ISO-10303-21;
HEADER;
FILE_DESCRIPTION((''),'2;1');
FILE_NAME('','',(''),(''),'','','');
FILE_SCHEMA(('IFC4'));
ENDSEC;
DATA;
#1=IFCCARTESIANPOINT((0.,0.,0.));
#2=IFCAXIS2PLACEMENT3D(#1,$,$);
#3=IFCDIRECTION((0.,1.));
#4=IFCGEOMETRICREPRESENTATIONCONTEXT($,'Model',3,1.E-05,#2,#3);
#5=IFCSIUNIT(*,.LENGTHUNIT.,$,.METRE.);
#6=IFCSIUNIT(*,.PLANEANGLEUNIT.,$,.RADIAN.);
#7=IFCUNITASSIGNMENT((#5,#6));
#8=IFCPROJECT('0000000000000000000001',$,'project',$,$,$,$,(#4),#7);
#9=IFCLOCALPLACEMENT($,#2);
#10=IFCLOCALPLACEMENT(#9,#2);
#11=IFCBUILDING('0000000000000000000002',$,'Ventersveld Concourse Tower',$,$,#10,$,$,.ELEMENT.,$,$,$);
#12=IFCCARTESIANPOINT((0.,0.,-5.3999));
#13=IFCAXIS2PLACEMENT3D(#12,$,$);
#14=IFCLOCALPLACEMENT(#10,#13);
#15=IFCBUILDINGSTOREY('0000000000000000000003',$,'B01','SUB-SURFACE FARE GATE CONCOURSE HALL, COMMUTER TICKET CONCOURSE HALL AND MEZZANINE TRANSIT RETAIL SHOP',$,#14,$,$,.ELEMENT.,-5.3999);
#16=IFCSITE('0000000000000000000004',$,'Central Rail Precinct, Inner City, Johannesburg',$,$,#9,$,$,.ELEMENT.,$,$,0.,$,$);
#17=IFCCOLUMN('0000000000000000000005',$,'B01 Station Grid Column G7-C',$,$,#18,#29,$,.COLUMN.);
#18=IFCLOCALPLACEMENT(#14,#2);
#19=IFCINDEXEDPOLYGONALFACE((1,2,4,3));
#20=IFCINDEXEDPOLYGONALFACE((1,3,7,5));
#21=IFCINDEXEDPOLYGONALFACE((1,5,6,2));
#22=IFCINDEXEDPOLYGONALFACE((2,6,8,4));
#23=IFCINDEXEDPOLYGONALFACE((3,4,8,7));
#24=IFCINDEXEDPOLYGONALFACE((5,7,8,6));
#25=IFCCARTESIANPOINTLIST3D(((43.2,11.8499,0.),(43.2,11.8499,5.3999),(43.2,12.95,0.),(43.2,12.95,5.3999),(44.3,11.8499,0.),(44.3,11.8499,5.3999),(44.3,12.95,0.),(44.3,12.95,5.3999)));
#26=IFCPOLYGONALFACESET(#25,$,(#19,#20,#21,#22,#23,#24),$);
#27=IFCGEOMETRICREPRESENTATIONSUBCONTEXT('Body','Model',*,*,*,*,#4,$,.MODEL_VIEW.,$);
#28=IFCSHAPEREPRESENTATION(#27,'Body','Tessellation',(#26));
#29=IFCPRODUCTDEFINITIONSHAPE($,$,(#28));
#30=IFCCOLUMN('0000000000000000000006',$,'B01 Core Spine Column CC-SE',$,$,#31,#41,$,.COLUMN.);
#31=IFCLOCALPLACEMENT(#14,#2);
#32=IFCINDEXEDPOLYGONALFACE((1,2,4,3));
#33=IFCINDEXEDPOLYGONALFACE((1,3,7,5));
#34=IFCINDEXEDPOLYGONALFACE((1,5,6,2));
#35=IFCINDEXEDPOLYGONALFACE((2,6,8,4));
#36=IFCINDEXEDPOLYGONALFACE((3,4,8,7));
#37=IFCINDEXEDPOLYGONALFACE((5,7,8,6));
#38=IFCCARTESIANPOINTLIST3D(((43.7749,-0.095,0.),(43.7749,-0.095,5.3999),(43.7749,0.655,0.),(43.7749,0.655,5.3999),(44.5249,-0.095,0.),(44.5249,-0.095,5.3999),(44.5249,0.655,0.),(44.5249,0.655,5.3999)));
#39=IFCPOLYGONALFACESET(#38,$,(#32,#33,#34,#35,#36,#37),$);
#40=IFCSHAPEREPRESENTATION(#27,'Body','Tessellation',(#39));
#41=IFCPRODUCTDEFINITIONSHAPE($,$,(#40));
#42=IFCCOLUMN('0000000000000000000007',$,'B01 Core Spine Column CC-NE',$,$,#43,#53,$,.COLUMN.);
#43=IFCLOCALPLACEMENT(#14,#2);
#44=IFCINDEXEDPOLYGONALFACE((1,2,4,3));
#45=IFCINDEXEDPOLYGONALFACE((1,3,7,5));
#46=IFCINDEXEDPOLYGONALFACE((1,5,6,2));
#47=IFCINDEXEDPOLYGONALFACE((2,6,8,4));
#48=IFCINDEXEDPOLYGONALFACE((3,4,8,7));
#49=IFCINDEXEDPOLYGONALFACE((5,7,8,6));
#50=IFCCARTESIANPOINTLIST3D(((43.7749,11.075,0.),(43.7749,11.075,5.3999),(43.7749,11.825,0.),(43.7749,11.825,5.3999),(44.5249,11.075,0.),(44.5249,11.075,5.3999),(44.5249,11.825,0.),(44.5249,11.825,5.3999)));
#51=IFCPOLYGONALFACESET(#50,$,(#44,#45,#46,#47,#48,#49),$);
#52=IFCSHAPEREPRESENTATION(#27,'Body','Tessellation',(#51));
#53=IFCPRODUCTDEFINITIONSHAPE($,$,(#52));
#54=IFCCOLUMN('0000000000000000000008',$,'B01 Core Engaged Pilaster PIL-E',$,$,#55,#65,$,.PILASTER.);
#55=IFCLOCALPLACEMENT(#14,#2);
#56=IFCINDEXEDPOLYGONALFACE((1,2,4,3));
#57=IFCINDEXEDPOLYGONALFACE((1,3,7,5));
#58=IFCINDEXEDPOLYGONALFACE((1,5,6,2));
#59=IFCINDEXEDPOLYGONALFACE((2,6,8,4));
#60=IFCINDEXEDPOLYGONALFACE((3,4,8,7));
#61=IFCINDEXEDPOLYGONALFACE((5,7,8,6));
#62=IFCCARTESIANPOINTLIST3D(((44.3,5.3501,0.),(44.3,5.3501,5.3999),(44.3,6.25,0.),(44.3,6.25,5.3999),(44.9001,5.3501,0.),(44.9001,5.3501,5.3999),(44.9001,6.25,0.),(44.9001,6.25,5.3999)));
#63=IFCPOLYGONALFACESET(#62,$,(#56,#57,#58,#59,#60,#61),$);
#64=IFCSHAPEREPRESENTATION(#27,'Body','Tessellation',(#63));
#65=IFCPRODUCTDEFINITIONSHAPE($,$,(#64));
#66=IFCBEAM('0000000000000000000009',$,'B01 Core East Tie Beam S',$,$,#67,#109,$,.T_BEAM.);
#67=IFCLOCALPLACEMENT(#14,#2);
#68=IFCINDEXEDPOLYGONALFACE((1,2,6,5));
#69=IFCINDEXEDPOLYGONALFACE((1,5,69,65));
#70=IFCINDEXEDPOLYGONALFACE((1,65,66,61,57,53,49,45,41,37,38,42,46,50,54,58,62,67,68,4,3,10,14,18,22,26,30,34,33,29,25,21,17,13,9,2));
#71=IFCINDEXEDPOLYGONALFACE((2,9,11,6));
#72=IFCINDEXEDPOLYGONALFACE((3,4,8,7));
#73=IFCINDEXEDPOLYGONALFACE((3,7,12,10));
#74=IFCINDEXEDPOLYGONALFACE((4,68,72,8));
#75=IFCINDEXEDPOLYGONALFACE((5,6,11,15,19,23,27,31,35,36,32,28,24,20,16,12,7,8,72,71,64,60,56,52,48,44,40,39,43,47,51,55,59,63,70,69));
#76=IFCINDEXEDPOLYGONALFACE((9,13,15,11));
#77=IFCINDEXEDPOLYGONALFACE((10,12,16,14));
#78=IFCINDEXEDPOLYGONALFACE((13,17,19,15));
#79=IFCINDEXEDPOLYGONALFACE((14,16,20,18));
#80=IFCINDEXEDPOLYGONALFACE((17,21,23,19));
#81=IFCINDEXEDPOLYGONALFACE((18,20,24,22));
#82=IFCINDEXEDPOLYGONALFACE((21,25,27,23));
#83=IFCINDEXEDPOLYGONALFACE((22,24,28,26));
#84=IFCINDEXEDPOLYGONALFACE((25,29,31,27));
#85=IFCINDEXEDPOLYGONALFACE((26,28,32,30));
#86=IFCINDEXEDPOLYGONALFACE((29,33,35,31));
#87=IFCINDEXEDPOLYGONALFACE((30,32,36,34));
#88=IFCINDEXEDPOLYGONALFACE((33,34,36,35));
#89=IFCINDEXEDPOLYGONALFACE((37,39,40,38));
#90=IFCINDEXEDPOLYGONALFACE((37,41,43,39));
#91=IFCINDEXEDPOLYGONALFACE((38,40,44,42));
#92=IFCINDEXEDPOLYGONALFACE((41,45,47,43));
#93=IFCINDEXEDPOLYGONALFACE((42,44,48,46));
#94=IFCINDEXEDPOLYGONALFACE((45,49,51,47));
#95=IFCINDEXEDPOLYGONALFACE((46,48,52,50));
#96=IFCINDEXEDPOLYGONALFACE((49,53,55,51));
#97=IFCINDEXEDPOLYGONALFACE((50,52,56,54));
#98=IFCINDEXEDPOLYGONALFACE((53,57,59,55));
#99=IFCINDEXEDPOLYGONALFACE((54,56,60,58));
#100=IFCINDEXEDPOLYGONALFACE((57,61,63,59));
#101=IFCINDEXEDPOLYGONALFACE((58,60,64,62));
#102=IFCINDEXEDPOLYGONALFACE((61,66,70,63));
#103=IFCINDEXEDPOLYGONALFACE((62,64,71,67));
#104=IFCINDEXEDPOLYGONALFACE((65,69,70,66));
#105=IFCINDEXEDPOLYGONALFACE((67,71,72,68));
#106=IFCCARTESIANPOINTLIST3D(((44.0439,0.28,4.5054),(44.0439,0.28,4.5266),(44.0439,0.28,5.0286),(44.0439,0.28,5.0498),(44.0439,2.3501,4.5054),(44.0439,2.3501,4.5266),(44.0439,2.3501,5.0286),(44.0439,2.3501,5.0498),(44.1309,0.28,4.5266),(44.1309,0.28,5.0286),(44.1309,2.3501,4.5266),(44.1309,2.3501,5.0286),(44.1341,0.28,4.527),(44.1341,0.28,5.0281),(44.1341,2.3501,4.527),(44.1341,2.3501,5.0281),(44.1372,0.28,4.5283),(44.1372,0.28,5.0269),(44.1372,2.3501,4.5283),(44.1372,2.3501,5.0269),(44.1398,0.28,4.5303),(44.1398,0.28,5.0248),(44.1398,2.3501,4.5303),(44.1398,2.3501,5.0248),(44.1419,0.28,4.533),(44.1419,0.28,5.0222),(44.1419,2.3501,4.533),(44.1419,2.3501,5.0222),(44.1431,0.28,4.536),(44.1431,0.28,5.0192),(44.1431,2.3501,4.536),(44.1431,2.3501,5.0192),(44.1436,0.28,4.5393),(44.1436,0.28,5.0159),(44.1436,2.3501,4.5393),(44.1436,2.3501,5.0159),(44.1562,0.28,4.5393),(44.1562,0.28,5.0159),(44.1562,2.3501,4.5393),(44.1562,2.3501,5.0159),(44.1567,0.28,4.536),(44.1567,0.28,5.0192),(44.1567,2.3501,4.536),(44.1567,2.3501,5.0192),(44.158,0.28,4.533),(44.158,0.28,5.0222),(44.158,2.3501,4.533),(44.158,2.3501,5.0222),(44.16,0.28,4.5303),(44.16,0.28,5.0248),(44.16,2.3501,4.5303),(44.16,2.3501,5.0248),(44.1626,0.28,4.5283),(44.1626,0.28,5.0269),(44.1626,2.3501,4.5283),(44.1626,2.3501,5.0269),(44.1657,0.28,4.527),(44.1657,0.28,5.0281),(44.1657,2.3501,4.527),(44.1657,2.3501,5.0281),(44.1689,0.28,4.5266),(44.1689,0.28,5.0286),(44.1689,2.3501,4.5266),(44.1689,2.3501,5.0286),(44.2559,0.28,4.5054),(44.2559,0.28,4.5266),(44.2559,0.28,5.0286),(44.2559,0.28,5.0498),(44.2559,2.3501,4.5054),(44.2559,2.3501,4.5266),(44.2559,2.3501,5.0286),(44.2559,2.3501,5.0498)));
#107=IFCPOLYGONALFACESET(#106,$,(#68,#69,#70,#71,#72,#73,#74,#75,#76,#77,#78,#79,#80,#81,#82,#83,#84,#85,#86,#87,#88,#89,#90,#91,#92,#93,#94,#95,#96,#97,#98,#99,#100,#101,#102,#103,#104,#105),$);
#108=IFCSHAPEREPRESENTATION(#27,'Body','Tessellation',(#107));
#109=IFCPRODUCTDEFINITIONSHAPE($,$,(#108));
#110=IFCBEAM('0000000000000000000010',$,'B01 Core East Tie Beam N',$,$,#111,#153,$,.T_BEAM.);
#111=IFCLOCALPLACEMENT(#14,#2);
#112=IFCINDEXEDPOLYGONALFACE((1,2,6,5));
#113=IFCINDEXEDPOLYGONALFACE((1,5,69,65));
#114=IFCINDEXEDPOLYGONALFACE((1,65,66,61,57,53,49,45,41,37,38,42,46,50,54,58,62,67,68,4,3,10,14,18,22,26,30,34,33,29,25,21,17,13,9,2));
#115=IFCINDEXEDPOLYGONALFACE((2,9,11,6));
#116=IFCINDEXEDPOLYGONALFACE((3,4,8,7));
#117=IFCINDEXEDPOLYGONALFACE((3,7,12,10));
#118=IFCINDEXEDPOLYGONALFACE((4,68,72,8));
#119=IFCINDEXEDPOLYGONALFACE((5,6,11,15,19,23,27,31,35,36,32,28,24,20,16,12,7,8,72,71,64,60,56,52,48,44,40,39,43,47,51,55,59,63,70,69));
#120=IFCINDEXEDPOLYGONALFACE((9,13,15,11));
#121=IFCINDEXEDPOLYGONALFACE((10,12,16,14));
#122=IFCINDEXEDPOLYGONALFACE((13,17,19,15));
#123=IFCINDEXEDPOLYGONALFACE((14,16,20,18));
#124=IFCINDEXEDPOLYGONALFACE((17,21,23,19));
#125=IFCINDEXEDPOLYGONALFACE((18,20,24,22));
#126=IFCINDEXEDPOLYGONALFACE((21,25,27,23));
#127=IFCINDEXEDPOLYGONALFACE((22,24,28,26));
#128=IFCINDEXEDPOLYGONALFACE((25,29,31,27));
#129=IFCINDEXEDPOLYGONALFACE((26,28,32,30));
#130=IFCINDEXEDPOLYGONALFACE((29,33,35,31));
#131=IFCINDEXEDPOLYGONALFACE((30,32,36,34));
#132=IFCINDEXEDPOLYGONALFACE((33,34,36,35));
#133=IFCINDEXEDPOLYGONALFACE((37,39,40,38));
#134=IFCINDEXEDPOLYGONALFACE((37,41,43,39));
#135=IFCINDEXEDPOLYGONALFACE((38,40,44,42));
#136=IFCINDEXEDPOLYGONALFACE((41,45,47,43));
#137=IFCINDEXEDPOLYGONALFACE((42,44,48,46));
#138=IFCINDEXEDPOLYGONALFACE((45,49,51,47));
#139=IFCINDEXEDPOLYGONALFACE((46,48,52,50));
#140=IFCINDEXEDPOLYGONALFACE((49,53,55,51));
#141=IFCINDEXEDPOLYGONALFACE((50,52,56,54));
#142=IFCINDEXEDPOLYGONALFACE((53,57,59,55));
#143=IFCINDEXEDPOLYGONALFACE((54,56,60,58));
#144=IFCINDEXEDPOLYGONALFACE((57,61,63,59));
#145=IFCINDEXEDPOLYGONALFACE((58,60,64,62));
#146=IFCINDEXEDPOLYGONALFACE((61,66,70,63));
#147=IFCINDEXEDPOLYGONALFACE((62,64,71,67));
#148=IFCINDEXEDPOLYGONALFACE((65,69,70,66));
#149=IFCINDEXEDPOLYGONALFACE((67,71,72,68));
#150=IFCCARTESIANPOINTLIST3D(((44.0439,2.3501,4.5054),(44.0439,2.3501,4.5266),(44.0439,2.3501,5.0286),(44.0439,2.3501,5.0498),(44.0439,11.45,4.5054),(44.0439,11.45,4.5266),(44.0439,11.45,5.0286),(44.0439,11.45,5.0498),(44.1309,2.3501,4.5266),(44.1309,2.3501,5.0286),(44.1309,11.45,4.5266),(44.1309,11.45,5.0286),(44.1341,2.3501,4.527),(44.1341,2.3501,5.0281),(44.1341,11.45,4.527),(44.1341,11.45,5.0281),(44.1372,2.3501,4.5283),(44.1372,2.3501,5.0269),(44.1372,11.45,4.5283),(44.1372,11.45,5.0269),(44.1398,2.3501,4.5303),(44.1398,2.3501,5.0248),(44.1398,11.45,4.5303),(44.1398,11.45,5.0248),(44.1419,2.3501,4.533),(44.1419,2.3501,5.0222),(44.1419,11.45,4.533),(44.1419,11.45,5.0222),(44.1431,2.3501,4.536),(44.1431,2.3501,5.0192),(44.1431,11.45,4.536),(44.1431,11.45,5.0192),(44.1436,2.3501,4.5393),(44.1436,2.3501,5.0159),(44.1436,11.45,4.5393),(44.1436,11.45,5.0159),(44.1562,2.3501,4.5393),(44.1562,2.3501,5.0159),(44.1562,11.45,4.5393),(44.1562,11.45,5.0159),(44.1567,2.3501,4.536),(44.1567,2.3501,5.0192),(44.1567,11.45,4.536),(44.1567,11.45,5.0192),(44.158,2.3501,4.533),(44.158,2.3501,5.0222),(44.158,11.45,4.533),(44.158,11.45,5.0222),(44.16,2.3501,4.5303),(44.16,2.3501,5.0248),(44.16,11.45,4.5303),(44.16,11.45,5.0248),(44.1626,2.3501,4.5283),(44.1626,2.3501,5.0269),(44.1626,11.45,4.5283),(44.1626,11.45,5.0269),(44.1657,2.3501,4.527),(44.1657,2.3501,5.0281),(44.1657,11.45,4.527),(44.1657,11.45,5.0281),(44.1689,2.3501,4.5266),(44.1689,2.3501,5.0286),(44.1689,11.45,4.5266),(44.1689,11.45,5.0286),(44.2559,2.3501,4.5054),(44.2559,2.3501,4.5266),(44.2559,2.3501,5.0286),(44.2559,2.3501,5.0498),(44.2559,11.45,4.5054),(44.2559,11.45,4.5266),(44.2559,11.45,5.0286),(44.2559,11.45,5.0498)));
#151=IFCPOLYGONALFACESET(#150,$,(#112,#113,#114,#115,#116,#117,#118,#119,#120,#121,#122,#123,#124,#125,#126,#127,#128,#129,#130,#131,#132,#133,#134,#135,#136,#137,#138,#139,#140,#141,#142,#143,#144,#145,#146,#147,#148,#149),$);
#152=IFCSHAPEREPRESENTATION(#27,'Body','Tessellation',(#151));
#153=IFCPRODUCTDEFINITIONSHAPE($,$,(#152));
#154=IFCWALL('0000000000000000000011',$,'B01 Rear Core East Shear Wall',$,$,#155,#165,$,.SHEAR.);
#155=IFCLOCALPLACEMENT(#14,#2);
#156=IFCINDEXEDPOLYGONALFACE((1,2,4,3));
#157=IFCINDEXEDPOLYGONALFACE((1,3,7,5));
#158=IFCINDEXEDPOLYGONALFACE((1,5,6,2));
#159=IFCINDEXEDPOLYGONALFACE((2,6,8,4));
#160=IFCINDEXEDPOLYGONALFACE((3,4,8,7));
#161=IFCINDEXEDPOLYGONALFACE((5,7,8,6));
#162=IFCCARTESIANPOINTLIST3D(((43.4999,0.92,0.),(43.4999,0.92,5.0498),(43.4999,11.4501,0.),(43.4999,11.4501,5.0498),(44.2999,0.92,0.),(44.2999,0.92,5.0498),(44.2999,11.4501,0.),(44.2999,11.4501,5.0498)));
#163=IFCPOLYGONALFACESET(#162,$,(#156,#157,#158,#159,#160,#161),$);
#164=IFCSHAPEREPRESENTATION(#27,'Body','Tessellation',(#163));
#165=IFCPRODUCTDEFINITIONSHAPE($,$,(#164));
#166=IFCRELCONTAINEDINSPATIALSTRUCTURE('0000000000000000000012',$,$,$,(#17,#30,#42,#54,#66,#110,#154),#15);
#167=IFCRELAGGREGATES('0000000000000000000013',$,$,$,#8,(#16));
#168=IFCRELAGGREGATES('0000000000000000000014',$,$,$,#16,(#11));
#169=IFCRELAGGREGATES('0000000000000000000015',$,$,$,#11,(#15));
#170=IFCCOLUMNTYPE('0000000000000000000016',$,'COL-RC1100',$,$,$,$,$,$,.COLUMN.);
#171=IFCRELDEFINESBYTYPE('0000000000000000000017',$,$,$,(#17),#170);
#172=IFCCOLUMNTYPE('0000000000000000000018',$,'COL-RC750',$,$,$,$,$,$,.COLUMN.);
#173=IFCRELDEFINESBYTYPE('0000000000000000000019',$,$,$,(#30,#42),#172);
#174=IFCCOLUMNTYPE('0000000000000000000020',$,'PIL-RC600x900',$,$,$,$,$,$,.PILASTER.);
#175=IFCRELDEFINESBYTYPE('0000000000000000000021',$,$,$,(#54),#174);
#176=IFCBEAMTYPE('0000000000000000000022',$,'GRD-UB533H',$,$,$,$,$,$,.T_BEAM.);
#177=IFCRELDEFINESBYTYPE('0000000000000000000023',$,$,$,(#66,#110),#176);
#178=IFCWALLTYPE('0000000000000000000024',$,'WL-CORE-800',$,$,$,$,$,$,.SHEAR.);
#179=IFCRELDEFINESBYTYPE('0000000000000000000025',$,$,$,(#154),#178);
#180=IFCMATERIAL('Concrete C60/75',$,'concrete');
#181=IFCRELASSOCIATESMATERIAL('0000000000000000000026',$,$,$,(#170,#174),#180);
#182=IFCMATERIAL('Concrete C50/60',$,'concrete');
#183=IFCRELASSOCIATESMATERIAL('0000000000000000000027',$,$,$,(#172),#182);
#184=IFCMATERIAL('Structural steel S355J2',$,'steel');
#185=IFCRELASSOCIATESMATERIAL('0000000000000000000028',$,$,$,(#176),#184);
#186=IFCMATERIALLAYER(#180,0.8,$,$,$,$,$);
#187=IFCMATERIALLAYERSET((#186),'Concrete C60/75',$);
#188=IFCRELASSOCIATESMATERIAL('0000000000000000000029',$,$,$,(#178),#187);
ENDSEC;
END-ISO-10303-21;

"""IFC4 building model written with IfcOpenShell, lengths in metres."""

from ifc_helpers import new_model, si_unit, direction, frame, frame_2d, origin, origin_2d, place, context, subcontext, project, spatial, rectangle, i_section, extrude, material, layer, layer_set, material_profile, profile_set, type_object, element, save


model = new_model("IFC4")

# Units and contexts
model_context = context("Model", 3, precision=1e-05, world=origin(), true_north=direction((0.0, 1.0)))
body_context = subcontext(model_context, "Body", "Model", "MODEL_VIEW")
ifc_project = project(units=[si_unit("LENGTHUNIT", "METRE"), si_unit("PLANEANGLEUNIT", "RADIAN")], contexts=[model_context])

# Site, building, storey
site_placement = place(None, origin())
site = spatial("IfcSite", under=ifc_project, at=site_placement, Name="Central Rail Precinct, Inner City, Johannesburg", CompositionType="ELEMENT", RefElevation=0.0)
building_placement = place(site_placement, origin())
building = spatial("IfcBuilding", under=site, at=building_placement, Name="Ventersveld Concourse Tower", CompositionType="ELEMENT")
storey_placement = place(building_placement, frame((0.0, 0.0, -5.3999)))
storey = spatial("IfcBuildingStorey", under=building, at=storey_placement, Name="B01", Description="SUB-SURFACE FARE GATE CONCOURSE HALL, COMMUTER TICKET CONCOURSE HALL AND MEZZANINE TRANSIT RETAIL SHOP", CompositionType="ELEMENT", Elevation=-5.3999)

# Columns
ifc_material_1 = material(Name="Concrete C60/75", Category="concrete")
ifc_material_profile_1 = material_profile(ifc_material_1, rectangle(XDim=1.1001, YDim=1.1001, at=origin_2d()), Name="RC 1100x1100")
ifc_profile_set_1 = profile_set([ifc_material_profile_1], Name="Concrete C60/75")
column_type_1 = type_object("IfcColumnType", Name="COL-RC1100", PredefinedType="COLUMN", material=ifc_profile_set_1)
column_1_placement = place(storey_placement, frame((43.75, 12.3999, 0.0), z_axis=(0.0, 0.0, 1.0), x_axis=(1.0, 0.0, 0.0)))
element("IfcColumn", 1, at=column_1_placement, inside=storey, type_object=column_type_1, Name="B01 Station Grid Column G7-C", PredefinedType="COLUMN", context=body_context, shape_type="SweptSolid", body=[
    extrude(rectangle(XDim=1.1001, YDim=1.1001, at=origin_2d()), origin(), (0.0, 0.0, 1.0), 5.3999),
])
ifc_material_2 = material(Name="Concrete C50/60", Category="concrete")
ifc_material_profile_2 = material_profile(ifc_material_2, rectangle(XDim=0.75, YDim=0.75, at=origin_2d()), Name="RC 750x750")
ifc_profile_set_2 = profile_set([ifc_material_profile_2], Name="Concrete C50/60")
column_type_2 = type_object("IfcColumnType", Name="COL-RC750", PredefinedType="COLUMN", material=ifc_profile_set_2)
for number, where, z_axis, x_axis, name in (
    (2, (44.1499, 0.28, 0.0), (0.0, 0.0, 1.0), (1.0, 0.0, 0.0), "B01 Core Spine Column CC-SE"),
    (3, (44.1499, 11.45, 0.0), (0.0, 0.0, 1.0), (1.0, 0.0, 0.0), "B01 Core Spine Column CC-NE"),
):
    element("IfcColumn", number, at=place(storey_placement, frame(where, z_axis=z_axis, x_axis=x_axis)), inside=storey, type_object=column_type_2, Name=name, PredefinedType="COLUMN", context=body_context, shape_type="SweptSolid", body=[
        extrude(rectangle(XDim=0.75, YDim=0.75, at=origin_2d()), origin(), (0.0, 0.0, 1.0), 5.3999),
    ])
ifc_material_profile_3 = material_profile(ifc_material_1, rectangle(XDim=0.6001, YDim=0.8999, at=origin_2d()), Name="RC 600x900")
ifc_profile_set_3 = profile_set([ifc_material_profile_3], Name="Concrete C60/75")
column_type_3 = type_object("IfcColumnType", Name="PIL-RC600x900", PredefinedType="PILASTER", material=ifc_profile_set_3)
column_2_placement = place(storey_placement, frame((44.6001, 5.8, 0.0), z_axis=(0.0, 0.0, 1.0), x_axis=(1.0, 0.0, 0.0)))
element("IfcColumn", 4, at=column_2_placement, inside=storey, type_object=column_type_3, Name="B01 Core Engaged Pilaster PIL-E", PredefinedType="PILASTER", context=body_context, shape_type="SweptSolid", body=[
    extrude(rectangle(XDim=0.6001, YDim=0.8999, at=origin_2d()), origin(), (0.0, 0.0, 1.0), 5.3999),
])

# Beams
ifc_material_3 = material(Name="Structural steel S355J2", Category="steel")
ifc_material_profile_4 = material_profile(ifc_material_3, i_section(OverallWidth=0.2119, OverallDepth=0.5444, WebThickness=0.0127, FlangeThickness=0.0212, FilletRadius=0.0127, at=origin_2d()), Name="UB 533x210x122")
ifc_profile_set_4 = profile_set([ifc_material_profile_4], Name="Structural steel S355J2")
beam_type = type_object("IfcBeamType", Name="GRD-UB533H", PredefinedType="T_BEAM", material=ifc_profile_set_4)
beam_1_placement = place(storey_placement, frame((44.1499, 0.28, 4.7776), z_axis=(0.0, 1.0, 0.0), x_axis=(-1.0, 0.0, 0.0)))
element("IfcBeam", 5, at=beam_1_placement, inside=storey, type_object=beam_type, Name="B01 Core East Tie Beam S", PredefinedType="T_BEAM", context=body_context, shape_type="SweptSolid", body=[
    extrude(i_section(OverallWidth=0.2119, OverallDepth=0.5444, WebThickness=0.0127, FlangeThickness=0.0212, FilletRadius=0.0127, at=origin_2d()), origin(), (0.0, 0.0, 1.0), 2.0701),
])
beam_2_placement = place(storey_placement, frame((44.1499, 2.3501, 4.7776), z_axis=(0.0, 1.0, 0.0), x_axis=(-1.0, 0.0, 0.0)))
element("IfcBeam", 6, at=beam_2_placement, inside=storey, type_object=beam_type, Name="B01 Core East Tie Beam N", PredefinedType="T_BEAM", context=body_context, shape_type="SweptSolid", body=[
    extrude(i_section(OverallWidth=0.2119, OverallDepth=0.5444, WebThickness=0.0127, FlangeThickness=0.0212, FilletRadius=0.0127, at=origin_2d()), origin(), (0.0, 0.0, 1.0), 9.0999),
])

# Wall
ifc_layer_1 = layer(ifc_material_1, 0.8)
ifc_layer_set_1 = layer_set([ifc_layer_1], Name="Concrete C60/75")
wall_type_1 = type_object("IfcWallType", Name="WL-CORE-800", PredefinedType="SHEAR", material=ifc_layer_set_1)
wall_1_placement = place(storey_placement, frame((43.8999, 0.9199, 0.0), z_axis=(0.0, 0.0, 1.0), x_axis=(0.0, 1.0, 0.0)))
element("IfcWall", 7, at=wall_1_placement, inside=storey, type_object=wall_type_1, Name="B01 Rear Core East Shear Wall", PredefinedType="SHEAR", context=body_context, shape_type="SweptSolid", body=[
    extrude(rectangle(XDim=10.53, YDim=0.8, at=frame_2d((5.2651, 0.0))), origin(), (0.0, 0.0, 1.0), 5.0498),
])

save(model, "model.ifc")
